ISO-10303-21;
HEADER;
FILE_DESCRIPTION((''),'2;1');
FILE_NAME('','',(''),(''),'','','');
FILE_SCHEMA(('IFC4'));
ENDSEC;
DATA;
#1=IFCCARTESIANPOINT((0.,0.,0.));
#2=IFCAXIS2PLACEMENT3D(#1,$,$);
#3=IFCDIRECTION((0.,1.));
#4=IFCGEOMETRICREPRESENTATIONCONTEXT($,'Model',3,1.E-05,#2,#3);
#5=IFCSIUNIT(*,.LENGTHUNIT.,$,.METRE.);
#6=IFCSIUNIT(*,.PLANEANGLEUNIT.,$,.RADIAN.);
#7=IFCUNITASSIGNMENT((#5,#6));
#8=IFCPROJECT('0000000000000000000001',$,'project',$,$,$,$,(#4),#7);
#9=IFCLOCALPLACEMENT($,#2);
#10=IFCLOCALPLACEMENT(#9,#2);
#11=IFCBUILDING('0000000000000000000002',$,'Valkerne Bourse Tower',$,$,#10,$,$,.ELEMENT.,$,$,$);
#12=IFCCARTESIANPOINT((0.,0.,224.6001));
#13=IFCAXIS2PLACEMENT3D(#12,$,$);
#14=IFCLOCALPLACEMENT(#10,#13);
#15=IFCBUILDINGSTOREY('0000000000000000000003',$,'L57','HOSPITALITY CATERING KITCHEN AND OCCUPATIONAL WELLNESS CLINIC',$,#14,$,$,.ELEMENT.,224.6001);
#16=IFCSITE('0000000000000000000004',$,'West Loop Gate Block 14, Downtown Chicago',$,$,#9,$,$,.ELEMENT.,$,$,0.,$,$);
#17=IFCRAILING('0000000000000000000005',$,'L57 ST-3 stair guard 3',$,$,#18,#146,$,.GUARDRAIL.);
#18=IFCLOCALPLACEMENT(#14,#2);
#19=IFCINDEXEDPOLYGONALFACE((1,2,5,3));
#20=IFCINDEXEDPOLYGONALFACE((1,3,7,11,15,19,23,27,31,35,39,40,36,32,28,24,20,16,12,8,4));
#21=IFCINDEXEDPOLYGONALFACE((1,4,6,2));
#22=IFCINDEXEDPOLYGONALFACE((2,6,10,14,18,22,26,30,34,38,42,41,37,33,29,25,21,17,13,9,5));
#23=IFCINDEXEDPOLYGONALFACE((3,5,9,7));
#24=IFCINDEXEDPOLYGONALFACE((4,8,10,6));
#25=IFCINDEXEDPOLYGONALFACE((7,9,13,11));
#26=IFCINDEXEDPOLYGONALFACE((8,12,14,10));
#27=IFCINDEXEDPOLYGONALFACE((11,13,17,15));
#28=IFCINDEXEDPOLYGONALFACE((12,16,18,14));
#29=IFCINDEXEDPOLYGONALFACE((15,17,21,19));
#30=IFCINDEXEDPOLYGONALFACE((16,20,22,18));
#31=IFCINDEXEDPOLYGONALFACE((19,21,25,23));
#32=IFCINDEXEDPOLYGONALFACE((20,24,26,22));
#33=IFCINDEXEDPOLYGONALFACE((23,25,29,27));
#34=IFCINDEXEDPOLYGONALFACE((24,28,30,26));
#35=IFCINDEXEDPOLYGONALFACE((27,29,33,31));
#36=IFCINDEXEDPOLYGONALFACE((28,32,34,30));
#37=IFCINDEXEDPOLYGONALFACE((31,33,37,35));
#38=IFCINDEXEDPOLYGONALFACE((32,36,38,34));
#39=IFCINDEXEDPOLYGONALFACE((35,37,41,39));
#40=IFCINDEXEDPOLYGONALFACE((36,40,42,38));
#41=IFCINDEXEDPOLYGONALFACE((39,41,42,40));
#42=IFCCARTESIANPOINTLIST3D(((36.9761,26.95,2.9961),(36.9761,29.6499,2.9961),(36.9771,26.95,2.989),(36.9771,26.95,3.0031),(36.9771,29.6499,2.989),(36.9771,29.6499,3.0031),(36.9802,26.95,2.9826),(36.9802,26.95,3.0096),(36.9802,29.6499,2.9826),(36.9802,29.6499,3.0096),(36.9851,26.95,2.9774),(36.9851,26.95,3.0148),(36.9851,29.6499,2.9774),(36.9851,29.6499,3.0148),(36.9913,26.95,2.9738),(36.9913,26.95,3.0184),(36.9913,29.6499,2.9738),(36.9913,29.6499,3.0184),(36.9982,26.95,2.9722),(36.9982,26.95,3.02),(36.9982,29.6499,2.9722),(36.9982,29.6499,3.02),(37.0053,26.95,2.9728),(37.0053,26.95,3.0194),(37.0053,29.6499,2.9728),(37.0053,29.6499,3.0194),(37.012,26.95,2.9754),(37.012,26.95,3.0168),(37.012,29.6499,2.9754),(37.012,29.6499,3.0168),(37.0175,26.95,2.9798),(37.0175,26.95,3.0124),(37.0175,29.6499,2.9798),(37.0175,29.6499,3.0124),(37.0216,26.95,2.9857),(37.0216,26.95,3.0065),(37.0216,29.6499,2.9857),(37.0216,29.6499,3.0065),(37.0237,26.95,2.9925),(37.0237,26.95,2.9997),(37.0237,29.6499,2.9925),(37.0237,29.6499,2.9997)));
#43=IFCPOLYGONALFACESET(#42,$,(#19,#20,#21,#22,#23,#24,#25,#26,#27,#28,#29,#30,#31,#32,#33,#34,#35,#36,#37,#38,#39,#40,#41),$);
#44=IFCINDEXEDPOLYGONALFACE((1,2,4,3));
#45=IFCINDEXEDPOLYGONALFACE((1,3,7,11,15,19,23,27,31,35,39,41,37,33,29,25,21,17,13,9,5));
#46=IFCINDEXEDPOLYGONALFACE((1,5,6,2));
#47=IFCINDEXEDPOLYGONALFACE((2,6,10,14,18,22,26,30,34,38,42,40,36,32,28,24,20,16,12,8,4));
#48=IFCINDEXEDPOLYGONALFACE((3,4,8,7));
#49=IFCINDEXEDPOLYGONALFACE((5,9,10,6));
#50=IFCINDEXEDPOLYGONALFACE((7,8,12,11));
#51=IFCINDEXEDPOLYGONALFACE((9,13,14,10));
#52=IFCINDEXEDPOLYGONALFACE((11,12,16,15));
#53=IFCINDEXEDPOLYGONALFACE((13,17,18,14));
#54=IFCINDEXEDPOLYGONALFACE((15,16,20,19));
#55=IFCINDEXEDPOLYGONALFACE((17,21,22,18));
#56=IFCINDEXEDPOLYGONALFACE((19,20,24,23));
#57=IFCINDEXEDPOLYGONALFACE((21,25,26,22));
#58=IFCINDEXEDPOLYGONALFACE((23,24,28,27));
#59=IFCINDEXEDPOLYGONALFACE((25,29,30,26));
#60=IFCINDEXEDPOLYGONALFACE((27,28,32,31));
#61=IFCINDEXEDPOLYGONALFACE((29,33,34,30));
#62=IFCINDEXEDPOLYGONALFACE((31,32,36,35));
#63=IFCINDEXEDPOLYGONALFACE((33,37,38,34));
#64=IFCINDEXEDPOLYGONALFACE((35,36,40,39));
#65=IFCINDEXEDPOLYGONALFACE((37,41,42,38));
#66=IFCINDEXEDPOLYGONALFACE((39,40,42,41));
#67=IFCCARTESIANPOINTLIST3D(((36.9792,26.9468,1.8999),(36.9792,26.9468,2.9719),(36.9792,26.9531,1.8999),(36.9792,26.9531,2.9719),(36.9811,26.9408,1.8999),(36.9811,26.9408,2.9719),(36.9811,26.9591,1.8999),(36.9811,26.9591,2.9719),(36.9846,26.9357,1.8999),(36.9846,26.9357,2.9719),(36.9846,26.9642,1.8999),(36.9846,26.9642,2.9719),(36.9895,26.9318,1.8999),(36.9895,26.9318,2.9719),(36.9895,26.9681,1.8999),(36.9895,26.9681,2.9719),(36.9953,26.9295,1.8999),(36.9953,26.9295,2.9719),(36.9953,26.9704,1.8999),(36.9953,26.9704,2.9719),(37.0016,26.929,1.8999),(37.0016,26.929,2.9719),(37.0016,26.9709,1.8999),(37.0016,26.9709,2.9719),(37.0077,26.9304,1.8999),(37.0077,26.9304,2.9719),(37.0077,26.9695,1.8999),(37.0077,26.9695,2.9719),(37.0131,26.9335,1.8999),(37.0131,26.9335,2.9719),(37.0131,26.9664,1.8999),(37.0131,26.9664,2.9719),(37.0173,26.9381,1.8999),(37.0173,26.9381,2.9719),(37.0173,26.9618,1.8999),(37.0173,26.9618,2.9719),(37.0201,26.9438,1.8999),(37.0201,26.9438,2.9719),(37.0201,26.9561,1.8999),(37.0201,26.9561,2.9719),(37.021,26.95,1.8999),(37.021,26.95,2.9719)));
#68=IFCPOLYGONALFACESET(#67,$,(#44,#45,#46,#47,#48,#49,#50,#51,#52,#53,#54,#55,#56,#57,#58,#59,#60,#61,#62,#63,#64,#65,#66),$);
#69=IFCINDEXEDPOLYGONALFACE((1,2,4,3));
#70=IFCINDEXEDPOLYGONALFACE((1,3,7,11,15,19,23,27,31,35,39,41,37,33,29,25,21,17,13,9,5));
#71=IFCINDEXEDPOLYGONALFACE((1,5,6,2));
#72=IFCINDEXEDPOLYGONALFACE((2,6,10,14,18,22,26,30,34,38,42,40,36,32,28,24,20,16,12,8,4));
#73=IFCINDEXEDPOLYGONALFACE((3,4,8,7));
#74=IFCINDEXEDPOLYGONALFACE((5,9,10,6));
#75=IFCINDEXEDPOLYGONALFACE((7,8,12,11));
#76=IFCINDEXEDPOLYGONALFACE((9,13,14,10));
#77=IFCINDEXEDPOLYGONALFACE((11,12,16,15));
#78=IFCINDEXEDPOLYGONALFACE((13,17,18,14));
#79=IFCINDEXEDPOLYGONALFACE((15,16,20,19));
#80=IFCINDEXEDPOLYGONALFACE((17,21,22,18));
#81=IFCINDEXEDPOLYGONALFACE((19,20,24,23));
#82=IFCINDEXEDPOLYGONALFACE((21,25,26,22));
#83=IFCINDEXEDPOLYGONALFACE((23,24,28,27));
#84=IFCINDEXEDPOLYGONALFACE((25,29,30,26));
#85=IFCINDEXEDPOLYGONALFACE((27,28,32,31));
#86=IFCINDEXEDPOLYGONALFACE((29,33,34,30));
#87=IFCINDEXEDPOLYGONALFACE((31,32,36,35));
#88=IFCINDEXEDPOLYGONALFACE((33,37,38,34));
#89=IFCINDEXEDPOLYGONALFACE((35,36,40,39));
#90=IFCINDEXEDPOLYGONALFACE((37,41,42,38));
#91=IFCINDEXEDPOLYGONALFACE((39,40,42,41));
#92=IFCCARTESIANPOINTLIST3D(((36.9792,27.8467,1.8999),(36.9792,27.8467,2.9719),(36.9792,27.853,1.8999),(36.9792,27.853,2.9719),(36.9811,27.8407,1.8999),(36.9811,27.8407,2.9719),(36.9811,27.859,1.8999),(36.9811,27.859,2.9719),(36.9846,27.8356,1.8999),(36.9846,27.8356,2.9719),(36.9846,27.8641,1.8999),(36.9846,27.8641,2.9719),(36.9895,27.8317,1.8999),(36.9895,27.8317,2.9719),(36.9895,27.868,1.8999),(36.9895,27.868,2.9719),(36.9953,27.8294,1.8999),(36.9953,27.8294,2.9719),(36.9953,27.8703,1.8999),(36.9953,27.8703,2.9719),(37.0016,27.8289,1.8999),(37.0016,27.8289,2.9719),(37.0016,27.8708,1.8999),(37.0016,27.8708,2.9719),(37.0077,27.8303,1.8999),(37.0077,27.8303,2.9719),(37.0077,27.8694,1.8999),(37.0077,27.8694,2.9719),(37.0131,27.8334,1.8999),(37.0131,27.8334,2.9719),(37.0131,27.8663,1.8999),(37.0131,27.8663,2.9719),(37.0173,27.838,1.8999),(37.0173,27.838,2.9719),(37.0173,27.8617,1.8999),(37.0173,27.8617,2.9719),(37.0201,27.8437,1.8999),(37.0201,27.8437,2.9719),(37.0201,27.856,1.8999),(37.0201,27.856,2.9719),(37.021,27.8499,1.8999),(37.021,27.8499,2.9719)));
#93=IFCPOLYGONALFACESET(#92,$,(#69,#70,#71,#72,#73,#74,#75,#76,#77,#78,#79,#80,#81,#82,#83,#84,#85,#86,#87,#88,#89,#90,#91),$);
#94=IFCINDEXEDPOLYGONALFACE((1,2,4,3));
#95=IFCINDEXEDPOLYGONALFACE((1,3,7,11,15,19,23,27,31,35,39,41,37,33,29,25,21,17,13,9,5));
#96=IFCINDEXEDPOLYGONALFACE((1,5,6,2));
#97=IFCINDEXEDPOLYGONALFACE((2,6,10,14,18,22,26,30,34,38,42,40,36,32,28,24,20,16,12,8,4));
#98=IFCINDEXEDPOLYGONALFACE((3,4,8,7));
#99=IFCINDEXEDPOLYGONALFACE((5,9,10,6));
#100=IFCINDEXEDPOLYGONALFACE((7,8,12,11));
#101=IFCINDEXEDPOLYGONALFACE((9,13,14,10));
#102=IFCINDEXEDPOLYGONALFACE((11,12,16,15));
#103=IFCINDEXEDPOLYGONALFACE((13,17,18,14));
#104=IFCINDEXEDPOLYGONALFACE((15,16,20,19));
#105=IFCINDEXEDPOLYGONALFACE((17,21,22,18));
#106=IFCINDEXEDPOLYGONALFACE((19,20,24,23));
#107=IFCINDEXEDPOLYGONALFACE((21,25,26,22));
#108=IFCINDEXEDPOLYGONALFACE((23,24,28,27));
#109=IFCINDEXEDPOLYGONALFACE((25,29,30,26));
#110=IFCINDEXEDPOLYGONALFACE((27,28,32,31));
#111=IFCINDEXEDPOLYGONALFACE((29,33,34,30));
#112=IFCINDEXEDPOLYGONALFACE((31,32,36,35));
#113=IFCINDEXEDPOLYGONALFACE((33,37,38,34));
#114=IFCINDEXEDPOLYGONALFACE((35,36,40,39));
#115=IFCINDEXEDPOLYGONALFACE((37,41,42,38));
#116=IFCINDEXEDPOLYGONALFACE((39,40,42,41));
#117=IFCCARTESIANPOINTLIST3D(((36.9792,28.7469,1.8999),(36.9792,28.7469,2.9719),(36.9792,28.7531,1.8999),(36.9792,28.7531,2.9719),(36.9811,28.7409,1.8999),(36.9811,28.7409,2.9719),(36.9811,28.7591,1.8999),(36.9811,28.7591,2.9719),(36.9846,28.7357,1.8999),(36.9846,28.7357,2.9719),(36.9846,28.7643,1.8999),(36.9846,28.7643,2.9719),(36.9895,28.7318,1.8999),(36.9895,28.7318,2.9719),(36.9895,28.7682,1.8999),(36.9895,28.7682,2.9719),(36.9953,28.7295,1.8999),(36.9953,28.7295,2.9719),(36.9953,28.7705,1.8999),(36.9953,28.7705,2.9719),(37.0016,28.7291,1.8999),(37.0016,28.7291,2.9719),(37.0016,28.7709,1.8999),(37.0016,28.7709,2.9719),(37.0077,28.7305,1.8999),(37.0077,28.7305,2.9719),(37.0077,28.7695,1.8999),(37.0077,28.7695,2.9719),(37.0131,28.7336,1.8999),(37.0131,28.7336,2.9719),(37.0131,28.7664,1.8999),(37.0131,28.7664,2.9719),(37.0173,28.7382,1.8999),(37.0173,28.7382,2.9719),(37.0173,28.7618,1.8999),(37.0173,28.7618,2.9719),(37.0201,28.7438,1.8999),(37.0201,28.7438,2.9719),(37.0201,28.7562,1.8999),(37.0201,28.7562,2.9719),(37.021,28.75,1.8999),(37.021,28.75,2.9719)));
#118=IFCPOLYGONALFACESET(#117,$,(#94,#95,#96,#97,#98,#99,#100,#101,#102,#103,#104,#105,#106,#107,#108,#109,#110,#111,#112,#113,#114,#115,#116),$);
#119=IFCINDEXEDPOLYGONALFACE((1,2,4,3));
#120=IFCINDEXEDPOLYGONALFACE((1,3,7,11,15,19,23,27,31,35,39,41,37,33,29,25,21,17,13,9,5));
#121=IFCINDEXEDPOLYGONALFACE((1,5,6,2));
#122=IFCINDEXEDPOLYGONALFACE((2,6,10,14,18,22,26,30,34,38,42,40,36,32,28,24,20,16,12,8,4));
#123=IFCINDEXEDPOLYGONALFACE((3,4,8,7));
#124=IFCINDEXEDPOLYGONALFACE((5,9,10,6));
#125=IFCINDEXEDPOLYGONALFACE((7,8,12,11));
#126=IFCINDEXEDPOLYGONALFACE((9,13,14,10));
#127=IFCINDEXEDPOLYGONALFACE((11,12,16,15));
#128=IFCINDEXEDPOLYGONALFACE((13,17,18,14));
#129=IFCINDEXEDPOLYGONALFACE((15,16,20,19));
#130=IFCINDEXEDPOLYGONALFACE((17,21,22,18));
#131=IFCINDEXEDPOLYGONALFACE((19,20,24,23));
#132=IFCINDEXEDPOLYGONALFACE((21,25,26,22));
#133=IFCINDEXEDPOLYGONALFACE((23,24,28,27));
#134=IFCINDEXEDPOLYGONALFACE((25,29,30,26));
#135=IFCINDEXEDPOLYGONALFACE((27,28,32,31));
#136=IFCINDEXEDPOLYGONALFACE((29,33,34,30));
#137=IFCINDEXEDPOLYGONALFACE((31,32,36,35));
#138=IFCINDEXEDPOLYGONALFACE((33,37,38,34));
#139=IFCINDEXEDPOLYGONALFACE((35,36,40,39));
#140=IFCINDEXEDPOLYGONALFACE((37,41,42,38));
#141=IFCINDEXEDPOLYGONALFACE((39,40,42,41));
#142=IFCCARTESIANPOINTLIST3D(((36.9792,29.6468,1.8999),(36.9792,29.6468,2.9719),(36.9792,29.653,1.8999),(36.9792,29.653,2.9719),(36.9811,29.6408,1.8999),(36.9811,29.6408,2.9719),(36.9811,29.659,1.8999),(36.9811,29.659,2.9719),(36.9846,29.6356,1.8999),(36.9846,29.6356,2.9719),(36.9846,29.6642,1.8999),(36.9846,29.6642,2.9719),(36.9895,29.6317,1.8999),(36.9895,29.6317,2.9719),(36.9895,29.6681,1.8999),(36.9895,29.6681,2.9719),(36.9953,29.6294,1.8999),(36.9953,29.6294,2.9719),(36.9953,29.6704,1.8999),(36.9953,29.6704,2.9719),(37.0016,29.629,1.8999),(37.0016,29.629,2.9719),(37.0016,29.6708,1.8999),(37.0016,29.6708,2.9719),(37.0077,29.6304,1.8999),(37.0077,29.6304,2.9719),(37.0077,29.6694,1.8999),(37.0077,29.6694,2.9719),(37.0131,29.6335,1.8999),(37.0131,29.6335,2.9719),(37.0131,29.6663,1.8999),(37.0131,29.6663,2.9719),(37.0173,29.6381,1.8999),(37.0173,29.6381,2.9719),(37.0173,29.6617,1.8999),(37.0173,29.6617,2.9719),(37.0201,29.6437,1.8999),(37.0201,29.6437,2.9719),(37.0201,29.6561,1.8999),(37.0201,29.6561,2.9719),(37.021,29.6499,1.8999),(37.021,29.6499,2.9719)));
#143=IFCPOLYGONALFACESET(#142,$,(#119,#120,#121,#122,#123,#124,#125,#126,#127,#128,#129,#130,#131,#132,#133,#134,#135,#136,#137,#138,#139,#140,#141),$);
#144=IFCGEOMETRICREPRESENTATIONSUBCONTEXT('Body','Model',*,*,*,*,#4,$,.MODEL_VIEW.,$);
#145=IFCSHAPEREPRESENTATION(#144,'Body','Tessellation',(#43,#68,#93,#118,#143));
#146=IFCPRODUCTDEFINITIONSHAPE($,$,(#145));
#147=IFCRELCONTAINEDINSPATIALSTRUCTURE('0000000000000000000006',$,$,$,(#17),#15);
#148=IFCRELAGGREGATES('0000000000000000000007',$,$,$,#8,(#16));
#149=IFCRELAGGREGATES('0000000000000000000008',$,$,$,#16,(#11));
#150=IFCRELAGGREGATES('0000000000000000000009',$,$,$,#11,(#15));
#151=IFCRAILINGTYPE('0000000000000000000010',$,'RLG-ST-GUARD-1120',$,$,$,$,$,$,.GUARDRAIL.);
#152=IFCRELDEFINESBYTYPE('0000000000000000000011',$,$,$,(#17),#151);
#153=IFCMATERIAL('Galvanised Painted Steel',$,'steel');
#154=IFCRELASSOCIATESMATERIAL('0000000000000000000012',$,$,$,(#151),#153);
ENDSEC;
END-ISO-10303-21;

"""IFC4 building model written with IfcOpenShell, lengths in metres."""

from ifc_helpers import new_model, si_unit, direction, frame, origin, origin_2d, place, context, subcontext, project, spatial, circle, extrude, material, type_object, element, save


model = new_model("IFC4")

# Units and contexts
model_context = context("Model", 3, precision=1e-05, world=origin(), true_north=direction((0.0, 1.0)))
body_context = subcontext(model_context, "Body", "Model", "MODEL_VIEW")
ifc_project = project(units=[si_unit("LENGTHUNIT", "METRE"), si_unit("PLANEANGLEUNIT", "RADIAN")], contexts=[model_context])

# Site, building, storey
site_placement = place(None, origin())
site = spatial("IfcSite", under=ifc_project, at=site_placement, Name="West Loop Gate Block 14, Downtown Chicago", CompositionType="ELEMENT", RefElevation=0.0)
building_placement = place(site_placement, origin())
building = spatial("IfcBuilding", under=site, at=building_placement, Name="Valkerne Bourse Tower", CompositionType="ELEMENT")
storey_placement = place(building_placement, frame((0.0, 0.0, 224.6001)))
storey = spatial("IfcBuildingStorey", under=building, at=storey_placement, Name="L57", Description="HOSPITALITY CATERING KITCHEN AND OCCUPATIONAL WELLNESS CLINIC", CompositionType="ELEMENT", Elevation=224.6001)

# Railing
ifc_material_1 = material(Name="Galvanised Painted Steel", Category="steel")
railing_type_1 = type_object("IfcRailingType", Name="RLG-ST-GUARD-1120", PredefinedType="GUARDRAIL", material=ifc_material_1)
railing_1_placement = place(storey_placement, frame((37.0, 26.95, 1.8999)))
element("IfcRailing", 1, at=railing_1_placement, inside=storey, type_object=railing_type_1, Name="L57 ST-3 stair guard 3", PredefinedType="GUARDRAIL", context=body_context, shape_type="SweptSolid", body=[
    extrude(circle(Radius=0.0239, at=origin_2d()), frame((0.0, 0.0, 1.0962), z_axis=(0.0, 1.0, 0.0), x_axis=(-1.0, 0.0, 0.0)), (0.0, 0.0, 1.0), 2.7),
    extrude(circle(Radius=0.021, at=origin_2d()), origin(), (0.0, 0.0, 1.0), 1.072),
    extrude(circle(Radius=0.021, at=origin_2d()), frame((0.0, 0.8999, 0.0)), (0.0, 0.0, 1.0), 1.072),
    extrude(circle(Radius=0.021, at=origin_2d()), frame((0.0, 1.8, 0.0)), (0.0, 0.0, 1.0), 1.072),
    extrude(circle(Radius=0.021, at=origin_2d()), frame((0.0, 2.7, 0.0)), (0.0, 0.0, 1.0), 1.072),
])

save(model, "model.ifc")
